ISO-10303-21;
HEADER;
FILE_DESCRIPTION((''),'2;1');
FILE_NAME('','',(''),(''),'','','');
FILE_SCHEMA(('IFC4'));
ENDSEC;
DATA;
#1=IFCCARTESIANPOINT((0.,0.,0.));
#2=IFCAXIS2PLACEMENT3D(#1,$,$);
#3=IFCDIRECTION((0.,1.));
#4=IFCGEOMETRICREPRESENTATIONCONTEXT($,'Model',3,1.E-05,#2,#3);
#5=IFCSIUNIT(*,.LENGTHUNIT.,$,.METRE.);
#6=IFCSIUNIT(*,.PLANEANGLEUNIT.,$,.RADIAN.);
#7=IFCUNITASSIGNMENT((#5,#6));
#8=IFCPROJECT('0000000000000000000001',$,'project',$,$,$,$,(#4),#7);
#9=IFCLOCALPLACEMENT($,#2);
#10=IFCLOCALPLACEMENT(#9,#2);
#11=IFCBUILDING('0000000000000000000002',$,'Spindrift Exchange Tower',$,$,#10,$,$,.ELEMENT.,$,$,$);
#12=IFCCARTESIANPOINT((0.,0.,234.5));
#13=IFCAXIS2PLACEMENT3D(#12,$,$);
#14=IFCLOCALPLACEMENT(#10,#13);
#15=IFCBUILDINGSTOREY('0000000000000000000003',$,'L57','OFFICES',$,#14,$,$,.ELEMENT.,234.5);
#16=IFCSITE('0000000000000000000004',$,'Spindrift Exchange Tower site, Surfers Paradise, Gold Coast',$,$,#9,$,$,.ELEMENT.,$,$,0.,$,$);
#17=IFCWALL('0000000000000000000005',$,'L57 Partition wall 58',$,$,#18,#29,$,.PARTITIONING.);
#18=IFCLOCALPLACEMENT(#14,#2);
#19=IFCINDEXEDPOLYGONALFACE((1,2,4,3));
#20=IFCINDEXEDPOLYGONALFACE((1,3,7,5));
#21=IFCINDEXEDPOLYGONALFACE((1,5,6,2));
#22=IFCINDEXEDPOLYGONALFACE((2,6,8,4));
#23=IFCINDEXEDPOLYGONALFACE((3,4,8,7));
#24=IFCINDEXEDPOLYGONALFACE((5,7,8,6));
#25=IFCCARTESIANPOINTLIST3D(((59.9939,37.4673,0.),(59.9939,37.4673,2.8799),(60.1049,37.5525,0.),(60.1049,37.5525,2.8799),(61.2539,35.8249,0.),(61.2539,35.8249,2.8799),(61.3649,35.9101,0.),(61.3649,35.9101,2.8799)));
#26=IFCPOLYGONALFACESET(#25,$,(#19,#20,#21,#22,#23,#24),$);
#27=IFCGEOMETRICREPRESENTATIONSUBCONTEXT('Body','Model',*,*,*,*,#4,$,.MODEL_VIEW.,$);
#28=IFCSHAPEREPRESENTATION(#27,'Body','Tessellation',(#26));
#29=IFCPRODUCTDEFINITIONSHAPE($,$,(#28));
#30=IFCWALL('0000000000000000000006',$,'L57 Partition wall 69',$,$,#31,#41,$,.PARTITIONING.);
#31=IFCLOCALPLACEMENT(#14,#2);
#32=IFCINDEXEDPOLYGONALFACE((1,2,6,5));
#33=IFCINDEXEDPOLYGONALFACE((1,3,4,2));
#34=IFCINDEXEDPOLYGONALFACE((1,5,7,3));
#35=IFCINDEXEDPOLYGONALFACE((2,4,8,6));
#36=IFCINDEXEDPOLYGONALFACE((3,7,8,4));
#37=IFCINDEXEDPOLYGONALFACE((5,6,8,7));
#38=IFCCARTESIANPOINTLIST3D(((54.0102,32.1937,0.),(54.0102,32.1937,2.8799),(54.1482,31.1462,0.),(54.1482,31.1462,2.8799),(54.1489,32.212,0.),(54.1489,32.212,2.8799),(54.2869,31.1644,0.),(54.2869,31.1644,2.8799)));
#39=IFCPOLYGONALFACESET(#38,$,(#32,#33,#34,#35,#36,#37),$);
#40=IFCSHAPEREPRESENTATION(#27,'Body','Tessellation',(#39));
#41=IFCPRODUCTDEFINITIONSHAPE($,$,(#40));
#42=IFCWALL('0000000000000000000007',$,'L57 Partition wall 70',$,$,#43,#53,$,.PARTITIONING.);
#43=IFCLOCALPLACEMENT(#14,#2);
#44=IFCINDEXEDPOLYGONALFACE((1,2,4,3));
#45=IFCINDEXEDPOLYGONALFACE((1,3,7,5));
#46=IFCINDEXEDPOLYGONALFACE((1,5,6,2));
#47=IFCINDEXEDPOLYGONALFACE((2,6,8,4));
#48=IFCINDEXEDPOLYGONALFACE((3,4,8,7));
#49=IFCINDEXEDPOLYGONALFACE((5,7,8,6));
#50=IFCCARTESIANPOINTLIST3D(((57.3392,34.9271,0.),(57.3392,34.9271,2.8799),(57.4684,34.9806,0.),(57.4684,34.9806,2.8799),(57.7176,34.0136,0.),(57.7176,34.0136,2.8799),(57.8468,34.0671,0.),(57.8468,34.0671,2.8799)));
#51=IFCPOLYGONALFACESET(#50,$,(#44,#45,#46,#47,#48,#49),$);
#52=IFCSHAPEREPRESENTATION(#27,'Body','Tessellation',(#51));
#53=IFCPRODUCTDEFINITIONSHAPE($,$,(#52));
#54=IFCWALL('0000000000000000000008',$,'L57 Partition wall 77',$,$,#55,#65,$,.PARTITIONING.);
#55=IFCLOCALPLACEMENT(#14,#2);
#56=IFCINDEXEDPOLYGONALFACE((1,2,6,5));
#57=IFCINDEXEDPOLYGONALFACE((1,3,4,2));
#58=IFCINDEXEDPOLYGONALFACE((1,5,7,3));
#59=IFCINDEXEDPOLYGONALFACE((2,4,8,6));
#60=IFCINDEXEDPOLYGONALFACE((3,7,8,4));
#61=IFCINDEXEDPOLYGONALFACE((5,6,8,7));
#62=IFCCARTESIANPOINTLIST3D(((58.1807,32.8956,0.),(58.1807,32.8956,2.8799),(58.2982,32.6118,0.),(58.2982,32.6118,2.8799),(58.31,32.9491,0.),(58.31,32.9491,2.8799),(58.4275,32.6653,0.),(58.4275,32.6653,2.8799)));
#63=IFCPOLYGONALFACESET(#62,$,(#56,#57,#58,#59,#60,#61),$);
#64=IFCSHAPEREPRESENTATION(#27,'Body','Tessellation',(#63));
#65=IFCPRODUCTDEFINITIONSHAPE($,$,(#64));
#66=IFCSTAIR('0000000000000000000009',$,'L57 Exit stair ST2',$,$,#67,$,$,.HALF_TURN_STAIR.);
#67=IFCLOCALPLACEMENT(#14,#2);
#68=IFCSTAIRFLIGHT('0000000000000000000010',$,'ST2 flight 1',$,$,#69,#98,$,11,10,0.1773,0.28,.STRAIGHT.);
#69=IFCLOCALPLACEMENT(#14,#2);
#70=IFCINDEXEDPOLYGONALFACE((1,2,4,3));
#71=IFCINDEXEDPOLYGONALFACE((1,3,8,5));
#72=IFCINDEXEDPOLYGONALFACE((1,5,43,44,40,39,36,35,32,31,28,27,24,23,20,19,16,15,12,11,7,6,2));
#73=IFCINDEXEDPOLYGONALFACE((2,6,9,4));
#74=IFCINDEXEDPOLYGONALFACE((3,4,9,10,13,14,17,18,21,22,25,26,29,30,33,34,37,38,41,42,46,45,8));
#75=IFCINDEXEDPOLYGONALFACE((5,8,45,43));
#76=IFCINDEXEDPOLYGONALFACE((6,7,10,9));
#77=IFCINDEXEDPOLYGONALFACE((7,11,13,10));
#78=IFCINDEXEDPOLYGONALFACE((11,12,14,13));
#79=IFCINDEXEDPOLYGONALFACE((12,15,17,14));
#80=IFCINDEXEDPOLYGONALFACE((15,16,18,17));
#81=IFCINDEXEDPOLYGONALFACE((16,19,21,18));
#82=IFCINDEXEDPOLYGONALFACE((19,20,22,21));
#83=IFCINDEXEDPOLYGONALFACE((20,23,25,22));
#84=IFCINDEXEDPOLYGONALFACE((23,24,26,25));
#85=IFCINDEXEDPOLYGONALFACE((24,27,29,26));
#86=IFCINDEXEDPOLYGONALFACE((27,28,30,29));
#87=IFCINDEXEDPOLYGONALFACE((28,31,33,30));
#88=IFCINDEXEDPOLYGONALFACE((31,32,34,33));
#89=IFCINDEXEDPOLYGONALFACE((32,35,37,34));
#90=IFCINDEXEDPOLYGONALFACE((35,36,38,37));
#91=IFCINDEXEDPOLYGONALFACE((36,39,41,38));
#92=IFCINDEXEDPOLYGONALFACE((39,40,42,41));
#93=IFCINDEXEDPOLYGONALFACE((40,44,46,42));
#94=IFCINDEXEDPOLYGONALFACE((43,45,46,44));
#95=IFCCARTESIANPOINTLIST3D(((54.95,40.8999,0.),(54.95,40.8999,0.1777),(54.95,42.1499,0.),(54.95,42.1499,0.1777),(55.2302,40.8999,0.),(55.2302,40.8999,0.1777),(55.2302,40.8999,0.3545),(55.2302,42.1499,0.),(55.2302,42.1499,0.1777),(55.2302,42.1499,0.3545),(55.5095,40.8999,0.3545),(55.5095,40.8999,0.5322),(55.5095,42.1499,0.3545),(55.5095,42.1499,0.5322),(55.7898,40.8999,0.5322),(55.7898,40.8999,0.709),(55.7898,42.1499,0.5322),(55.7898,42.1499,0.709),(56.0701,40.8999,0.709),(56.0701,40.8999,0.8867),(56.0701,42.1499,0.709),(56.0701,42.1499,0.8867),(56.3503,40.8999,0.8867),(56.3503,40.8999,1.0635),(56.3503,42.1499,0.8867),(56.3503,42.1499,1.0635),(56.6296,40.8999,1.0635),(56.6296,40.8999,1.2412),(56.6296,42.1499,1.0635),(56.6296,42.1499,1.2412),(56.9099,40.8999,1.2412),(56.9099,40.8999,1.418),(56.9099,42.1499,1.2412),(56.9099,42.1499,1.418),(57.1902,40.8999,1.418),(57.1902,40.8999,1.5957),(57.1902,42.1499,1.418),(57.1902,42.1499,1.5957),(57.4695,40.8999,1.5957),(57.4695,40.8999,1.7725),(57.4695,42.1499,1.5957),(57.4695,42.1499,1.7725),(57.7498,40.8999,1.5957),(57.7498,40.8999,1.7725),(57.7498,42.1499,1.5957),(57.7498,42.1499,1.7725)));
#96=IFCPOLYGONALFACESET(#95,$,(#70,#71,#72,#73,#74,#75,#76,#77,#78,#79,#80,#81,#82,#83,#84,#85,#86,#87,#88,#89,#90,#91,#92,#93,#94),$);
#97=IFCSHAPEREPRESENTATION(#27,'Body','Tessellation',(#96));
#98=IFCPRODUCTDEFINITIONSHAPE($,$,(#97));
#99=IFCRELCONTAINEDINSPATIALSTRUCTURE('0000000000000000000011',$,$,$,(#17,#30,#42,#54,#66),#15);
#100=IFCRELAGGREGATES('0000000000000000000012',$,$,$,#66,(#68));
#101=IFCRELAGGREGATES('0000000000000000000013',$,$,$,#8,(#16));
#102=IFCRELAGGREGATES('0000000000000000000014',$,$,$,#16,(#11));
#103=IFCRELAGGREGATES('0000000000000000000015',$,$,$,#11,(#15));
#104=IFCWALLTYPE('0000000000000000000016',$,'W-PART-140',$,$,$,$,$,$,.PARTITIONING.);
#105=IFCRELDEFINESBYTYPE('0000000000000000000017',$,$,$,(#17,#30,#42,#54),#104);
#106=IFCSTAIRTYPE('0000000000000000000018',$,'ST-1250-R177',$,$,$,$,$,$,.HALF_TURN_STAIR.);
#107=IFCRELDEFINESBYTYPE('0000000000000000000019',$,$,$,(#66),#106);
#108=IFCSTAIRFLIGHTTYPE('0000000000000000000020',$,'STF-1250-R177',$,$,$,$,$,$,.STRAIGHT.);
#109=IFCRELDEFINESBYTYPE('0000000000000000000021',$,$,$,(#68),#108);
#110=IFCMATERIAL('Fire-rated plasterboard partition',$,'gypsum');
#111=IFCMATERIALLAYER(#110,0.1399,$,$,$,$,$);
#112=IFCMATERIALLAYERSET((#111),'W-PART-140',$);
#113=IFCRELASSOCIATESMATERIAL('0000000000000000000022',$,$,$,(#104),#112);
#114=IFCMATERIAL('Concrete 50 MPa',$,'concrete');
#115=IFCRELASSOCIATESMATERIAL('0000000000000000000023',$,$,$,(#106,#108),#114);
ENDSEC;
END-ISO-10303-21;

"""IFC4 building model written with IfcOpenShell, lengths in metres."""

from ifc_helpers import new_model, si_unit, direction, frame, frame_2d, origin, place, context, subcontext, project, spatial, line, indexed_curve, rectangle, outline, extrude, material, layer, layer_set, type_object, element, aggregate, save


model = new_model("IFC4")

# Units and contexts
model_context = context("Model", 3, precision=1e-05, world=origin(), true_north=direction((0.0, 1.0)))
body_context = subcontext(model_context, "Body", "Model", "MODEL_VIEW")
ifc_project = project(units=[si_unit("LENGTHUNIT", "METRE"), si_unit("PLANEANGLEUNIT", "RADIAN")], contexts=[model_context])

# Site, building, storey
site_placement = place(None, origin())
site = spatial("IfcSite", under=ifc_project, at=site_placement, Name="Spindrift Exchange Tower site, Surfers Paradise, Gold Coast", CompositionType="ELEMENT", RefElevation=0.0)
building_placement = place(site_placement, origin())
building = spatial("IfcBuilding", under=site, at=building_placement, Name="Spindrift Exchange Tower", CompositionType="ELEMENT")
storey_placement = place(building_placement, frame((0.0, 0.0, 234.5)))
storey = spatial("IfcBuildingStorey", under=building, at=storey_placement, Name="L57", Description="OFFICES", CompositionType="ELEMENT", Elevation=234.5)

# Shared definitions
ifc_material_1 = material(Name="Concrete 50 MPa", Category="concrete")

# Shared definitions
ifc_material_2 = material(Name="Fire-rated plasterboard partition", Category="gypsum")
ifc_layer_1 = layer(ifc_material_2, 0.1399)
ifc_layer_set_1 = layer_set([ifc_layer_1], Name="W-PART-140")
wall_type_1 = type_object("IfcWallType", Name="W-PART-140", PredefinedType="PARTITIONING", material=ifc_layer_set_1)

# Walls
wall_1_placement = place(storey_placement, frame((60.0493, 37.51, 0.0), z_axis=(0.0, 0.0, 1.0), x_axis=(0.608701, -0.793399, 0.0)))
element("IfcWall", 1, at=wall_1_placement, inside=storey, type_object=wall_type_1, Name="L57 Partition wall 58", PredefinedType="PARTITIONING", context=body_context, shape_type="SweptSolid", body=[
    extrude(rectangle(XDim=2.0701, YDim=0.1399, at=frame_2d((1.0352, 0.0))), origin(), (0.0, 0.0, 1.0), 2.8799),
])
wall_2_placement = place(storey_placement, frame((54.0796, 32.2029, 0.0), z_axis=(0.0, 0.0, 1.0), x_axis=(0.130544, -0.991442, 0.0)))
element("IfcWall", 2, at=wall_2_placement, inside=storey, type_object=wall_type_1, Name="L57 Partition wall 69", PredefinedType="PARTITIONING", context=body_context, shape_type="SweptSolid", body=[
    extrude(rectangle(XDim=1.0566, YDim=0.1399, at=frame_2d((0.5283, 0.0))), origin(), (0.0, 0.0, 1.0), 2.8799),
])
wall_3_placement = place(storey_placement, frame((57.4038, 34.9539, 0.0), z_axis=(0.0, 0.0, 1.0), x_axis=(0.382686, -0.923878, 0.0)))
element("IfcWall", 3, at=wall_3_placement, inside=storey, type_object=wall_type_1, Name="L57 Partition wall 70", PredefinedType="PARTITIONING", context=body_context, shape_type="SweptSolid", body=[
    extrude(rectangle(XDim=0.9888, YDim=0.1399, at=frame_2d((0.4944, 0.0))), origin(), (0.0, 0.0, 1.0), 2.8799),
])
wall_4_placement = place(storey_placement, frame((58.2454, 32.9224, 0.0), z_axis=(0.0, 0.0, 1.0), x_axis=(0.382469, -0.923968, 0.0)))
element("IfcWall", 4, at=wall_4_placement, inside=storey, type_object=wall_type_1, Name="L57 Partition wall 77", PredefinedType="PARTITIONING", context=body_context, shape_type="SweptSolid", body=[
    extrude(rectangle(XDim=0.3071, YDim=0.1399, at=frame_2d((0.1536, 0.0))), origin(), (0.0, 0.0, 1.0), 2.8799),
])

# Stair, stair flight
stair_type = type_object("IfcStairType", Name="ST-1250-R177", PredefinedType="HALF_TURN_STAIR", material=ifc_material_1)
stair_placement = place(storey_placement, origin())
stair = element("IfcStair", 5, at=stair_placement, inside=storey, type_object=stair_type, Name="L57 Exit stair ST2", PredefinedType="HALF_TURN_STAIR")
stair_flight_type = type_object("IfcStairFlightType", Name="STF-1250-R177", PredefinedType="STRAIGHT", material=ifc_material_1)
stair_flight_placement = place(storey_placement, frame((54.95, 41.5249, 0.0), z_axis=(0.0, 0.0, 1.0), x_axis=(1.0, 0.0, 0.0)))
stair_flight = element("IfcStairFlight", 6, at=stair_flight_placement, type_object=stair_flight_type, Name="ST2 flight 1", NumberOfRisers=11, NumberOfTreads=10, PredefinedType="STRAIGHT", RiserHeight=0.1773, TreadLength=0.28, context=body_context, shape_type="SweptSolid", body=[
    extrude(outline(indexed_curve([(0.0, 0.0), (0.0, 0.1777), (0.2803, 0.1777), (0.2803, 0.3545), (0.5596, 0.3545), (0.5596, 0.5322), (0.8398, 0.5322), (0.8398, 0.709), (1.1201, 0.709), (1.1201, 0.8867), (1.4004, 0.8867), (1.4004, 1.0635), (1.6797, 1.0635), (1.6797, 1.2412), (1.96, 1.2412), (1.96, 1.418), (2.2402, 1.418), (2.2402, 1.5957), (2.5195, 1.5957), (2.5195, 1.7725), (2.7998, 1.7725), (2.7998, 1.9502), (2.7998, 1.5957), (0.2803, 0.0)], segments=[line(1, 2, 3, 4, 5, 6, 7, 8, 9, 10, 11, 12, 13, 14, 15, 16, 17, 18, 19, 20, 21, 22, 23, 24, 1)], self_intersect=False)), frame((0.0, 0.625, 0.0), z_axis=(0.0, -1.0, 0.0), x_axis=(1.0, 0.0, 0.0)), (0.0, 0.0, 1.0), 1.25),
])
aggregate(stair, [stair_flight])

save(model, "model.ifc")
